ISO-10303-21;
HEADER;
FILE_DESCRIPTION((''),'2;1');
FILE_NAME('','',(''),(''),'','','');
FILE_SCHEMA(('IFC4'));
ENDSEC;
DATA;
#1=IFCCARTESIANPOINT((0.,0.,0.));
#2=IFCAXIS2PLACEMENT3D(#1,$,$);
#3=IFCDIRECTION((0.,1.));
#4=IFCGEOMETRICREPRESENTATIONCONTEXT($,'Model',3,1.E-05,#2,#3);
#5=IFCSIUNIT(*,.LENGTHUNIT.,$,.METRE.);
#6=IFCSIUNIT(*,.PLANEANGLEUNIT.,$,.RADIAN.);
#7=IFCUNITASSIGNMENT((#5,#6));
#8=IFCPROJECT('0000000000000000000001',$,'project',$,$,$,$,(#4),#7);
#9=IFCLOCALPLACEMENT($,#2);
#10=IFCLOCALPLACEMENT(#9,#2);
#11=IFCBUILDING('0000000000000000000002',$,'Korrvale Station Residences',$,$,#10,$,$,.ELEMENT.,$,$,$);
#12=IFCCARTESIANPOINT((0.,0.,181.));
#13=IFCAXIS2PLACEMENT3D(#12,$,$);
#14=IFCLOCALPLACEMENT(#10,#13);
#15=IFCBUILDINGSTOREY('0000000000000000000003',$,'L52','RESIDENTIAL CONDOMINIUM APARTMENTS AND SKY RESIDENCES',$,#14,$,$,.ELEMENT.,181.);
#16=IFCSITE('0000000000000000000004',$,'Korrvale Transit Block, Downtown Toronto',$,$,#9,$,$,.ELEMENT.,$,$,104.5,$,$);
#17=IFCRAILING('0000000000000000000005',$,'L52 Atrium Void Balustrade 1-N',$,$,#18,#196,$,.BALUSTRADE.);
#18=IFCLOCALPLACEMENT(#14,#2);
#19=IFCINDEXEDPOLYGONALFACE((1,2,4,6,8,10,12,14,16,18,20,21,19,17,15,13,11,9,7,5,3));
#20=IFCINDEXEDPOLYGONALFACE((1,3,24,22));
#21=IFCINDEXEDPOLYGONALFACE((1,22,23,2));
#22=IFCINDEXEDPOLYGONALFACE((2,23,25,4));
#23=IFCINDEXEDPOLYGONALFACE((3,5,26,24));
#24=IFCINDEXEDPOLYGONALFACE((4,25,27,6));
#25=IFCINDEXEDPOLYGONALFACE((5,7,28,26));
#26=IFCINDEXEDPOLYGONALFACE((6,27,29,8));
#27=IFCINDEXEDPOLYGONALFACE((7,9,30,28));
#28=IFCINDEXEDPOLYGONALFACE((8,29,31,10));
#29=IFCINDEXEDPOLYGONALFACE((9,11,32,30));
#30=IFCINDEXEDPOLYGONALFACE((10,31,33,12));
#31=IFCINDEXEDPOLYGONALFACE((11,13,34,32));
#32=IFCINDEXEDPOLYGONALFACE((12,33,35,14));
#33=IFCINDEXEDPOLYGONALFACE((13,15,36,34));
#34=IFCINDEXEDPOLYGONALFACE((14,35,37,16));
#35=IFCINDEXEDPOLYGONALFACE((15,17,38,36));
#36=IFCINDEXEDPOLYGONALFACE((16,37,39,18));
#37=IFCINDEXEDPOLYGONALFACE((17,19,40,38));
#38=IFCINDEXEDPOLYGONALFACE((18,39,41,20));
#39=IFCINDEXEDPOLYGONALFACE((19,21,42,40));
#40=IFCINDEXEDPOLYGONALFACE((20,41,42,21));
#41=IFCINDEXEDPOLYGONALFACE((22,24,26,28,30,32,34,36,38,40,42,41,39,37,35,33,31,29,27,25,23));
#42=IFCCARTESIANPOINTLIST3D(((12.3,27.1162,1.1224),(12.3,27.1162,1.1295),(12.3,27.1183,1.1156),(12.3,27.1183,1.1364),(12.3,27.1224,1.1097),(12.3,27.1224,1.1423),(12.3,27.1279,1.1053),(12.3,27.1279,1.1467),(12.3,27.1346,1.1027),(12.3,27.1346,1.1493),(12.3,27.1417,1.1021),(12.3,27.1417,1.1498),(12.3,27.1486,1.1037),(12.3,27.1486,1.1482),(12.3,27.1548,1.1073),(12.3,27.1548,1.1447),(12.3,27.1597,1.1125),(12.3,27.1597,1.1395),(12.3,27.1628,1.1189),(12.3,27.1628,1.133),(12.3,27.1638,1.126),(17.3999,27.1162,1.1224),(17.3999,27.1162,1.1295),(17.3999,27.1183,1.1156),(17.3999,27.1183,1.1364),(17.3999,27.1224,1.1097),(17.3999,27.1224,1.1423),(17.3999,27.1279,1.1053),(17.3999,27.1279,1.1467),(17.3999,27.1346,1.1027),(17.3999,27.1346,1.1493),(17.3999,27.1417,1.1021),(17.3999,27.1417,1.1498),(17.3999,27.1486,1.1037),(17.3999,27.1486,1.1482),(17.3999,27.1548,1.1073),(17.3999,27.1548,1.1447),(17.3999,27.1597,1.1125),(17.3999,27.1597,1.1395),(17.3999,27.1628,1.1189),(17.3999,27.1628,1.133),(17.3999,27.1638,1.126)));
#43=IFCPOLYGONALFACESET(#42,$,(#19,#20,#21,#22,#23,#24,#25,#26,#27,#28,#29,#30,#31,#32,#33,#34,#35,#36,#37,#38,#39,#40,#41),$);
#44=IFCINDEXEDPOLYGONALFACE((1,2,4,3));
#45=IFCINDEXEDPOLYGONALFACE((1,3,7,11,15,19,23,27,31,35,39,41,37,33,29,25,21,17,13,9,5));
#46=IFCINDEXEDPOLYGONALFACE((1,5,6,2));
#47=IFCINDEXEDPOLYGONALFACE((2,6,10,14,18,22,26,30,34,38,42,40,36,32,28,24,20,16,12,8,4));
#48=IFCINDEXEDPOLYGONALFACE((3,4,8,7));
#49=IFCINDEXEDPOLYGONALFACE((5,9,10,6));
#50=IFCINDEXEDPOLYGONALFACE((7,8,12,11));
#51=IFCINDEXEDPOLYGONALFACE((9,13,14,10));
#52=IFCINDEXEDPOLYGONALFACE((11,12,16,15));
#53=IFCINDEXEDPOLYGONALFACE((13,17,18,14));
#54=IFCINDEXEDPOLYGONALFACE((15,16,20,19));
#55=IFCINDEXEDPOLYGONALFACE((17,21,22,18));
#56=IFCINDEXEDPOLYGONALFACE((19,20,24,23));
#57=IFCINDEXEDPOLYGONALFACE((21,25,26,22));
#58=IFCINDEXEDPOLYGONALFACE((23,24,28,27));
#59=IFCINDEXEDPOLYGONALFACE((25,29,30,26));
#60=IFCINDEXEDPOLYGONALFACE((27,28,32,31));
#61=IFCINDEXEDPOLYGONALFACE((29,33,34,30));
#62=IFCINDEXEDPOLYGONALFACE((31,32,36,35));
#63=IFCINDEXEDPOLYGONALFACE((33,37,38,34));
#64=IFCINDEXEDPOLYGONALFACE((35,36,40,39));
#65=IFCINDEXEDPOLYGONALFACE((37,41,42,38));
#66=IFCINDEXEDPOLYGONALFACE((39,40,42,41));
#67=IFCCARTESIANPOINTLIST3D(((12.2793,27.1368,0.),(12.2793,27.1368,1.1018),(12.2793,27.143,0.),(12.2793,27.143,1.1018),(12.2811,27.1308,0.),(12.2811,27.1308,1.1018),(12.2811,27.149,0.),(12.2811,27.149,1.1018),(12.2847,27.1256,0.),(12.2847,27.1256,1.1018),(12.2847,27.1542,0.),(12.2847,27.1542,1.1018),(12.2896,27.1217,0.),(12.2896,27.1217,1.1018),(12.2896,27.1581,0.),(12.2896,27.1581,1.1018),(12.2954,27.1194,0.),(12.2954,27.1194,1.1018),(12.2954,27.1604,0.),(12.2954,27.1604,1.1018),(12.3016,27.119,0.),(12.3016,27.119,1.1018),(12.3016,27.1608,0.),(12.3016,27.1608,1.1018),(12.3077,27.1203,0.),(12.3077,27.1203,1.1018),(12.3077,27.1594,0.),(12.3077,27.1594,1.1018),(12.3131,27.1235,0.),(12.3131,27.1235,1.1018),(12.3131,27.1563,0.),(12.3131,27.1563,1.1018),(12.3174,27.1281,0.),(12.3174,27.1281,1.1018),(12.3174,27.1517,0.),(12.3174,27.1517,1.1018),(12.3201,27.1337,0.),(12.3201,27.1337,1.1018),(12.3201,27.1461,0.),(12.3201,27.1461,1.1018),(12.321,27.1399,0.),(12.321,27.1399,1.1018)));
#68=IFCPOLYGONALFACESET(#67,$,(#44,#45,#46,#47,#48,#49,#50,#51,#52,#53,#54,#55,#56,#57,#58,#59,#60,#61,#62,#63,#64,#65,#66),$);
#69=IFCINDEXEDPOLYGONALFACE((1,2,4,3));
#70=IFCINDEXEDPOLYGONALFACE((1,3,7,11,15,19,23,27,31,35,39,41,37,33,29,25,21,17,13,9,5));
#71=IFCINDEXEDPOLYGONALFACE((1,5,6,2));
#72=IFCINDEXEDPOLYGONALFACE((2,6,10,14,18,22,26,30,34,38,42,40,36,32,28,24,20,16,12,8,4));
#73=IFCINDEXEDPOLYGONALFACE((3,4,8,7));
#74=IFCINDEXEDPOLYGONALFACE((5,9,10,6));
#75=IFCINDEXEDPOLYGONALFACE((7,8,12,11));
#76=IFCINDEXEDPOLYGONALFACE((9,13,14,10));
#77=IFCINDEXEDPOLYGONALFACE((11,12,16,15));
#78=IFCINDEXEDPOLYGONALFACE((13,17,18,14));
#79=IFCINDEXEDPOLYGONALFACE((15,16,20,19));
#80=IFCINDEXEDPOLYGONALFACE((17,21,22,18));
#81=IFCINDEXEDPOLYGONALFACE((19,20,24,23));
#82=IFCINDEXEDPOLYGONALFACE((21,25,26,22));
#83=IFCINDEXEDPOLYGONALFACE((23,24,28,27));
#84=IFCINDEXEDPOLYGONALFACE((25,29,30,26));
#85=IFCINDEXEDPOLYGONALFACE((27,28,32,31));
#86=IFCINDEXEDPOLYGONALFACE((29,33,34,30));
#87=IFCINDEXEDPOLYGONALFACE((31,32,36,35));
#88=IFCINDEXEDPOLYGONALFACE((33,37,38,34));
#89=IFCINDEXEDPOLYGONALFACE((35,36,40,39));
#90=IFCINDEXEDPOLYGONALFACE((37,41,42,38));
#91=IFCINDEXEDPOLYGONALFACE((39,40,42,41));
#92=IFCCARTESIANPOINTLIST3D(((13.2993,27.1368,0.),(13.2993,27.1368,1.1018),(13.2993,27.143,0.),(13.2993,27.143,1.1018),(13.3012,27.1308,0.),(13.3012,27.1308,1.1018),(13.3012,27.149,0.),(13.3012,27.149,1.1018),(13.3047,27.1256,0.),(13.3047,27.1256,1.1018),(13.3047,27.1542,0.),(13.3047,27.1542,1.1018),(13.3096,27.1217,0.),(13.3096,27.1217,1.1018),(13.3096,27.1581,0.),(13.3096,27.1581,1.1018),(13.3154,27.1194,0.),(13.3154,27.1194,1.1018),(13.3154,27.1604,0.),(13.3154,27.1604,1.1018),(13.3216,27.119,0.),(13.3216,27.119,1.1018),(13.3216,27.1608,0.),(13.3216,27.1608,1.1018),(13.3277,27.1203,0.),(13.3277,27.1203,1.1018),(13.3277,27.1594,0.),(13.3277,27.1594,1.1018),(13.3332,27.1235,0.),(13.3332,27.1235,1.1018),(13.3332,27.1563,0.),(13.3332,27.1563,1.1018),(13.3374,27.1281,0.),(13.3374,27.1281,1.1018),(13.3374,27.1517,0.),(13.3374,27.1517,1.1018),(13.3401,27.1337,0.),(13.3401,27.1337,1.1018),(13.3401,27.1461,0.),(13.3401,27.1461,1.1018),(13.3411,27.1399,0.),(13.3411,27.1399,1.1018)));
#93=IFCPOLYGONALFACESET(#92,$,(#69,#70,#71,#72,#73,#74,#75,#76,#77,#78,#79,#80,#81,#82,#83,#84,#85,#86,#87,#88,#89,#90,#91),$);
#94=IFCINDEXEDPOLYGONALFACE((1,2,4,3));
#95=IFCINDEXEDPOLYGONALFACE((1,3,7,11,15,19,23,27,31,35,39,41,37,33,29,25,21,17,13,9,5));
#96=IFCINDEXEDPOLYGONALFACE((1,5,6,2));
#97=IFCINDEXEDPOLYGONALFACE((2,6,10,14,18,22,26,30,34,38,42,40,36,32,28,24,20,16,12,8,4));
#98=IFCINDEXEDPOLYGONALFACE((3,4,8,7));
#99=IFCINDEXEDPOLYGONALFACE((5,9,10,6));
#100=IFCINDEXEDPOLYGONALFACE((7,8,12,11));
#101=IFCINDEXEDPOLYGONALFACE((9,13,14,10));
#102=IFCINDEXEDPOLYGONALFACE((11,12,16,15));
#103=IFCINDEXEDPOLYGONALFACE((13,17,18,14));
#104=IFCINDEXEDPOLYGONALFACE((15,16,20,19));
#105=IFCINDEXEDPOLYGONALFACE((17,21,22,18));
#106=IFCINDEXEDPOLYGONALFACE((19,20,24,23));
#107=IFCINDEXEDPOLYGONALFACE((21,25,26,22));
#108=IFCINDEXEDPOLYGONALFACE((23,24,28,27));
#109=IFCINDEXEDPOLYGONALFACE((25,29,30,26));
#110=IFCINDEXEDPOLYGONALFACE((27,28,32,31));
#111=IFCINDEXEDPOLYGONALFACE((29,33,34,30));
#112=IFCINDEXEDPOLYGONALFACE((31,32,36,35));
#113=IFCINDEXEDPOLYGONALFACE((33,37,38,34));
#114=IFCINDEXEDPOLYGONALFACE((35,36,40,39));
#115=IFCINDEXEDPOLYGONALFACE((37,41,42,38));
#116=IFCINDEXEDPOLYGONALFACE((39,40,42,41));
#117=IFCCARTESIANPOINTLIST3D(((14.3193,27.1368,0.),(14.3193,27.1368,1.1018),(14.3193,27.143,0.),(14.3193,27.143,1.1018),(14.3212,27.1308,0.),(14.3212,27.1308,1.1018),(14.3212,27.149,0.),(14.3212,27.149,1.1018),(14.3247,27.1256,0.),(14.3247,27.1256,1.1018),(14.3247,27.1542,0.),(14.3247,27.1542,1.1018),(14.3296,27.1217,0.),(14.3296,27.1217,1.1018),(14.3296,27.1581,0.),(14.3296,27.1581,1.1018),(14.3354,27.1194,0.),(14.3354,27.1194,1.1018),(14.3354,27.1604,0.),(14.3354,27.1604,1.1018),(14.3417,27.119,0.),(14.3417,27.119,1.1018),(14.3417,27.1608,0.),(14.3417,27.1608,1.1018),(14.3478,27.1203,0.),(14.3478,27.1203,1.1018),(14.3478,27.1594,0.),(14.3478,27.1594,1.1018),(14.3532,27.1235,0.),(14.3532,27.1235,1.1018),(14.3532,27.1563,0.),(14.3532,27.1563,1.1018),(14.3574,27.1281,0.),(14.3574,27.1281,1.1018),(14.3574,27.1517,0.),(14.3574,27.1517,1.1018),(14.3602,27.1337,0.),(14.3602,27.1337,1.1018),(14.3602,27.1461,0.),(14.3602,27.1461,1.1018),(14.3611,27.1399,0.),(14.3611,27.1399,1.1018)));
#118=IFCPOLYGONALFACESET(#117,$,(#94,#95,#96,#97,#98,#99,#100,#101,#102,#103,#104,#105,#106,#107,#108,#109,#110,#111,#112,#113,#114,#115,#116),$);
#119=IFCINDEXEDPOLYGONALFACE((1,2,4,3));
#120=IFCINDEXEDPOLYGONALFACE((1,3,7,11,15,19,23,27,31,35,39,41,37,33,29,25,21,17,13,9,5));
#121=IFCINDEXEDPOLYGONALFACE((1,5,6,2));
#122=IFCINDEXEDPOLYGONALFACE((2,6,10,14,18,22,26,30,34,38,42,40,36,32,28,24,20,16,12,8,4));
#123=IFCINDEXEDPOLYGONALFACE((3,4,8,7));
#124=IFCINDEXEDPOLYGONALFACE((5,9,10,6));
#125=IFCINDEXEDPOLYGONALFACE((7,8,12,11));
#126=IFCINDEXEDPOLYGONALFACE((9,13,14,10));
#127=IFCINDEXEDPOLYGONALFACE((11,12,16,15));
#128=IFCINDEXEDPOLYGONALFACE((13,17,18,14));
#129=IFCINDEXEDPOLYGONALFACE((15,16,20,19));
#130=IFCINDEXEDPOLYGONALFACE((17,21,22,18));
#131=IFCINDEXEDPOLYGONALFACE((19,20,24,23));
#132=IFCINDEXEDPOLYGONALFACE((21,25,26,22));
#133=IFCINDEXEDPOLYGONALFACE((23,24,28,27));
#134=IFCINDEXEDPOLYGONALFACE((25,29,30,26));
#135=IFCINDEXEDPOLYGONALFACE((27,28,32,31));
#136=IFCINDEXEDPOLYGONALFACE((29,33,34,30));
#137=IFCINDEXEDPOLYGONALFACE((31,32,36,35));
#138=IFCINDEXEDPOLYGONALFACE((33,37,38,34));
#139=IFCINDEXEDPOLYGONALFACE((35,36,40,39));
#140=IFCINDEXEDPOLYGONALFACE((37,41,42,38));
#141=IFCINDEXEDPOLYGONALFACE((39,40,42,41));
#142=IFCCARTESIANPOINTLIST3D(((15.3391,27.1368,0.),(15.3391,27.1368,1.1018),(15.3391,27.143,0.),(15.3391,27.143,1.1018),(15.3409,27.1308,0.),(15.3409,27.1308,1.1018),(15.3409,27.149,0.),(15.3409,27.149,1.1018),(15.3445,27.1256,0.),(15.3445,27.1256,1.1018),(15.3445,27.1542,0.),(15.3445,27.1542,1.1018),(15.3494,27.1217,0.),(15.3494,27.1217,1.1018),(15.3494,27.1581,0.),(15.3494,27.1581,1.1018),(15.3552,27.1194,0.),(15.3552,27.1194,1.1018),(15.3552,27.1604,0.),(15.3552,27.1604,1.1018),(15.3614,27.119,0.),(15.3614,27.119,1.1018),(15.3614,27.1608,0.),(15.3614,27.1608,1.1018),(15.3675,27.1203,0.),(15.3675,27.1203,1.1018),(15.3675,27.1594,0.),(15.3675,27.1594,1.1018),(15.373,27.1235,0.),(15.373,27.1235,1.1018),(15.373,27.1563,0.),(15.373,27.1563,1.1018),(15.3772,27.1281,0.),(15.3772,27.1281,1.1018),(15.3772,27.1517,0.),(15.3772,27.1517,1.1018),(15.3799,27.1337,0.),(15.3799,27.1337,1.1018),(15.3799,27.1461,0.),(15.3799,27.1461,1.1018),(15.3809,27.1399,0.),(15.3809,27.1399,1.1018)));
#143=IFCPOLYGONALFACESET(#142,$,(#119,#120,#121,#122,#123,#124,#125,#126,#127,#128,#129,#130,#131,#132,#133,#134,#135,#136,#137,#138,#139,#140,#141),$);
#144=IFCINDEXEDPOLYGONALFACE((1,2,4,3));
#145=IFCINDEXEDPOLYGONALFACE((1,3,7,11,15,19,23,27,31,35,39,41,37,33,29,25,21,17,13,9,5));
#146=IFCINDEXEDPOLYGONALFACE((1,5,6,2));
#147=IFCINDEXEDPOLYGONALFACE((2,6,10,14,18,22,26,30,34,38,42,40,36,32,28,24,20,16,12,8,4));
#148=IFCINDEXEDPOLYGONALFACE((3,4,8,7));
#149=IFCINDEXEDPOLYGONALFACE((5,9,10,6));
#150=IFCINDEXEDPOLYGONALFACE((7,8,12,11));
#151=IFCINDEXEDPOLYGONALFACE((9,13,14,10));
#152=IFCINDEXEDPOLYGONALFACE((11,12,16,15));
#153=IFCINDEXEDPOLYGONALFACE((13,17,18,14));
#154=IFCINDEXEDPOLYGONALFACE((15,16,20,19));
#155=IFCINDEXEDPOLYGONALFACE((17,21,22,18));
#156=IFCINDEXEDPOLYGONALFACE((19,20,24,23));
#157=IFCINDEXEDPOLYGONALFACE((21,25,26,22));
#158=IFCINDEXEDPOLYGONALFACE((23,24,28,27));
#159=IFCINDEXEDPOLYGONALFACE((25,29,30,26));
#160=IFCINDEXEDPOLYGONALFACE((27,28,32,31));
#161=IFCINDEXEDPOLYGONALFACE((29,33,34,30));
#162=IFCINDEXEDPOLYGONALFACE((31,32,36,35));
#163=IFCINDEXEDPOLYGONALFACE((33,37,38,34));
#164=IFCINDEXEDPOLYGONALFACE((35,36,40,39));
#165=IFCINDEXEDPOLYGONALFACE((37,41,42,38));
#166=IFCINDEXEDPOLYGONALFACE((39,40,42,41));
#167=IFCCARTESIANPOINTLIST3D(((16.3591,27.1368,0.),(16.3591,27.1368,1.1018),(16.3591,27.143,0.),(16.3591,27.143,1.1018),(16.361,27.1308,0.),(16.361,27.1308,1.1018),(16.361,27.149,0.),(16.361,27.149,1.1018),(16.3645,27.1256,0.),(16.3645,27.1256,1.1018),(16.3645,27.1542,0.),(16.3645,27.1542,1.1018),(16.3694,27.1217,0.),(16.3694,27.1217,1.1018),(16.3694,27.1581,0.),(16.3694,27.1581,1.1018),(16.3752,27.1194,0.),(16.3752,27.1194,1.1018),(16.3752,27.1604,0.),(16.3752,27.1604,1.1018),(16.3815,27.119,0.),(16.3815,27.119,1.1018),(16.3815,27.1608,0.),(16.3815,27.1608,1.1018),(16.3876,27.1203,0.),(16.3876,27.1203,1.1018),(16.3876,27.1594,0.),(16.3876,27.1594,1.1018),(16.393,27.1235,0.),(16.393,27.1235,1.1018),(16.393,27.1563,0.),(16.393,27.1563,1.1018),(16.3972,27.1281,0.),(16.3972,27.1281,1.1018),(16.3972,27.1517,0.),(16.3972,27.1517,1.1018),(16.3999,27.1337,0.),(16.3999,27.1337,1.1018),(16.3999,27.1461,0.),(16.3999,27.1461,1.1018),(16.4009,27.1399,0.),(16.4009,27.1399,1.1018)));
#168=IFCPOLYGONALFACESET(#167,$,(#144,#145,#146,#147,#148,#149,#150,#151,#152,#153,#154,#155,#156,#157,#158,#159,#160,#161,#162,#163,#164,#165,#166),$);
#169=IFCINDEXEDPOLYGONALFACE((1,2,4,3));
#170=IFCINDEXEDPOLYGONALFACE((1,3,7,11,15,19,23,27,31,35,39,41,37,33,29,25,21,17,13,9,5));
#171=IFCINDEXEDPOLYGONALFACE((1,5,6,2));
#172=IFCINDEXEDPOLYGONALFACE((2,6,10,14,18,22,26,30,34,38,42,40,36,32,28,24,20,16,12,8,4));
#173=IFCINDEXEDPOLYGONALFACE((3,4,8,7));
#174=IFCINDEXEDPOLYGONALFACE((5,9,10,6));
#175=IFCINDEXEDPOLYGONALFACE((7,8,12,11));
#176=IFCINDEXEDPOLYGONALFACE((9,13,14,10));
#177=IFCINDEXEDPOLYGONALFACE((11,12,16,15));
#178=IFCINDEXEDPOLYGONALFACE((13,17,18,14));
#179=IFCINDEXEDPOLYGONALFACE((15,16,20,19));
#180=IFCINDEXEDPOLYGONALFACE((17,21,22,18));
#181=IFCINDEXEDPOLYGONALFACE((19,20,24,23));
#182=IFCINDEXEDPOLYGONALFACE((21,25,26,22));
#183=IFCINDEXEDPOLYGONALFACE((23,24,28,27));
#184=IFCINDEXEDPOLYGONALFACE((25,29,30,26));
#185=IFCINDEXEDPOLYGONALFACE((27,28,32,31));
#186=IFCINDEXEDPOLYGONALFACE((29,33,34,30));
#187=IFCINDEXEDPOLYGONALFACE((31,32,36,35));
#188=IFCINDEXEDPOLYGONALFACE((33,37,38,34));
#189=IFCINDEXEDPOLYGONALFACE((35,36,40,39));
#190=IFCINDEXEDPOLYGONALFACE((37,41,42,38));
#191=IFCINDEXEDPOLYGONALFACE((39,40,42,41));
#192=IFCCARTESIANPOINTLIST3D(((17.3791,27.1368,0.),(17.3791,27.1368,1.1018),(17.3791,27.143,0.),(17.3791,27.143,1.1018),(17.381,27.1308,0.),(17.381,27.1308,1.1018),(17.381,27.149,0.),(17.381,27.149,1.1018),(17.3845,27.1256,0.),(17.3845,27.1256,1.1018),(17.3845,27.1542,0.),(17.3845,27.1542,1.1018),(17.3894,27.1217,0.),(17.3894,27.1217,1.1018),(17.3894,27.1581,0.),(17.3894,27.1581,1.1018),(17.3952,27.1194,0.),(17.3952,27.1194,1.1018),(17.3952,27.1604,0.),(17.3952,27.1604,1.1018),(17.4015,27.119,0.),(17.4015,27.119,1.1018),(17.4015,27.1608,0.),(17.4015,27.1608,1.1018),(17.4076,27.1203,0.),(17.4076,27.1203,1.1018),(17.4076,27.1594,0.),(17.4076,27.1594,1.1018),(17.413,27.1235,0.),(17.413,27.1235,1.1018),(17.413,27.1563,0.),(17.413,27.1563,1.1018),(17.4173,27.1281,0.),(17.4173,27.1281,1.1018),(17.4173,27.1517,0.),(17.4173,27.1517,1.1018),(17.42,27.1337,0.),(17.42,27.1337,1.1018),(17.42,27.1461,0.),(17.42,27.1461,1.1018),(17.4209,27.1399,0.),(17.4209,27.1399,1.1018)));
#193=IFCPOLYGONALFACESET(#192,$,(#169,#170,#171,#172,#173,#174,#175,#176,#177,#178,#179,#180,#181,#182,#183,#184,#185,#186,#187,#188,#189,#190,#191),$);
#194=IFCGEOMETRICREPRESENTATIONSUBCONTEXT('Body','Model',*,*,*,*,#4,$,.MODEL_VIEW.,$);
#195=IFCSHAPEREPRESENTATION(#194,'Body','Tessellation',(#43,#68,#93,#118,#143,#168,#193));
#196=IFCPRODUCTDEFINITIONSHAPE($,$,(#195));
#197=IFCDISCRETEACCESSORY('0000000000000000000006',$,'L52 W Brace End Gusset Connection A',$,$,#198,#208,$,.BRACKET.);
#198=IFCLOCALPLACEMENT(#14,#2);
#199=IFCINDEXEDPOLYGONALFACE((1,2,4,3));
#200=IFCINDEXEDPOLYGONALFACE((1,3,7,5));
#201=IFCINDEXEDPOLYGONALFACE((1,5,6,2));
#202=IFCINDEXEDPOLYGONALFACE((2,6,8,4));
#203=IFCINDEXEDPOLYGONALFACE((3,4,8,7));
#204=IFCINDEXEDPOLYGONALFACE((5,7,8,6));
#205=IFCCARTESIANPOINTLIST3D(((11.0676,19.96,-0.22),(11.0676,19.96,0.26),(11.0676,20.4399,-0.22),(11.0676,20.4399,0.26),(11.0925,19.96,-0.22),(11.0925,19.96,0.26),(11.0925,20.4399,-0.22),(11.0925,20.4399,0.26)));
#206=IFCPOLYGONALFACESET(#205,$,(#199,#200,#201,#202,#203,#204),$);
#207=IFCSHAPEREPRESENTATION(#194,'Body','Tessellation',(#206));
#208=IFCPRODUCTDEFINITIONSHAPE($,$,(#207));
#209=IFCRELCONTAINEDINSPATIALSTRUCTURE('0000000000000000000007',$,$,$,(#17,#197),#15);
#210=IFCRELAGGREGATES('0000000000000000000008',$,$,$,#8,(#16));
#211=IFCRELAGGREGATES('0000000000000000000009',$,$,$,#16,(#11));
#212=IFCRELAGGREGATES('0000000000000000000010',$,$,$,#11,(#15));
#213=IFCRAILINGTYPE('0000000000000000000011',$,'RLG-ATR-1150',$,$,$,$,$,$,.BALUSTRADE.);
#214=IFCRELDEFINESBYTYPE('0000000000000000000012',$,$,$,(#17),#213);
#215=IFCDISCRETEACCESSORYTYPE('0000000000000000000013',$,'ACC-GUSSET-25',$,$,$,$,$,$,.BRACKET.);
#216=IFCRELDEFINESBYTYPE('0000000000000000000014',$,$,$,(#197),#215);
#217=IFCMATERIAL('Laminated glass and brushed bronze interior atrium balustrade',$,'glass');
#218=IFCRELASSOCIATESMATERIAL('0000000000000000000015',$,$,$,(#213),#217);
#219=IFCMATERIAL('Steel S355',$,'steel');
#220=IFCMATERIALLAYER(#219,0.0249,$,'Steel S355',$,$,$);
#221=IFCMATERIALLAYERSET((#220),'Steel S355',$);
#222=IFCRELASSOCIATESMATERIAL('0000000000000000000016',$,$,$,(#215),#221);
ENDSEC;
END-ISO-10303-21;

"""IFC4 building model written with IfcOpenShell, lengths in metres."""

from ifc_helpers import new_model, si_unit, direction, frame, origin, origin_2d, place, context, subcontext, project, spatial, rectangle, circle, extrude, material, layer, layer_set, type_object, element, save


model = new_model("IFC4")

# Units and contexts
model_context = context("Model", 3, precision=1e-05, world=origin(), true_north=direction((0.0, 1.0)))
body_context = subcontext(model_context, "Body", "Model", "MODEL_VIEW")
ifc_project = project(units=[si_unit("LENGTHUNIT", "METRE"), si_unit("PLANEANGLEUNIT", "RADIAN")], contexts=[model_context])

# Site, building, storey
site_placement = place(None, origin())
site = spatial("IfcSite", under=ifc_project, at=site_placement, Name="Korrvale Transit Block, Downtown Toronto", CompositionType="ELEMENT", RefElevation=104.5)
building_placement = place(site_placement, origin())
building = spatial("IfcBuilding", under=site, at=building_placement, Name="Korrvale Station Residences", CompositionType="ELEMENT")
storey_placement = place(building_placement, frame((0.0, 0.0, 181.0)))
storey = spatial("IfcBuildingStorey", under=building, at=storey_placement, Name="L52", Description="RESIDENTIAL CONDOMINIUM APARTMENTS AND SKY RESIDENCES", CompositionType="ELEMENT", Elevation=181.0)

# Shared definitions
ifc_material_1 = material(Name="Steel S355", Category="steel")

# Railing
ifc_material_2 = material(Name="Laminated glass and brushed bronze interior atrium balustrade", Category="glass")
railing_type = type_object("IfcRailingType", Name="RLG-ATR-1150", PredefinedType="BALUSTRADE", material=ifc_material_2)
railing_placement = place(storey_placement, frame((12.3, 27.1399, 0.0)))
element("IfcRailing", 1, at=railing_placement, inside=storey, type_object=railing_type, Name="L52 Atrium Void Balustrade 1-N", PredefinedType="BALUSTRADE", context=body_context, shape_type="SweptSolid", body=[
    extrude(circle(Radius=0.0239, at=origin_2d()), frame((0.0, 0.0, 1.126), z_axis=(1.0, 0.0, 0.0), x_axis=(0.0, 1.0, 0.0)), (0.0, 0.0, 1.0), 5.0999),
    extrude(circle(Radius=0.021, at=origin_2d()), origin(), (0.0, 0.0, 1.0), 1.1018),
    extrude(circle(Radius=0.021, at=origin_2d()), frame((1.02, 0.0, 0.0)), (0.0, 0.0, 1.0), 1.1018),
    extrude(circle(Radius=0.021, at=origin_2d()), frame((2.04, 0.0, 0.0)), (0.0, 0.0, 1.0), 1.1018),
    extrude(circle(Radius=0.021, at=origin_2d()), frame((3.0598, 0.0, 0.0)), (0.0, 0.0, 1.0), 1.1018),
    extrude(circle(Radius=0.021, at=origin_2d()), frame((4.0798, 0.0, 0.0)), (0.0, 0.0, 1.0), 1.1018),
    extrude(circle(Radius=0.021, at=origin_2d()), frame((5.0999, 0.0, 0.0)), (0.0, 0.0, 1.0), 1.1018),
])

# Discrete accessory
ifc_layer_1 = layer(ifc_material_1, 0.0249, Name="Steel S355")
ifc_layer_set_1 = layer_set([ifc_layer_1], Name="Steel S355")
discrete_accessory_type = type_object("IfcDiscreteAccessoryType", Name="ACC-GUSSET-25", PredefinedType="BRACKET", material=ifc_layer_set_1)
for number, where, z_axis, x_axis, name in (
    (2, (11.0801, 20.2, -0.22), (0.0, 0.0, 1.0), (0.0, 1.0, 0.0), "L52 W Brace End Gusset Connection A"),
):
    element("IfcDiscreteAccessory", number, at=place(storey_placement, frame(where, z_axis=z_axis, x_axis=x_axis)), inside=storey, type_object=discrete_accessory_type, Name=name, PredefinedType="BRACKET", context=body_context, shape_type="SweptSolid", body=[
        extrude(rectangle(XDim=0.48, YDim=0.0249, at=origin_2d()), origin(), (0.0, 0.0, 1.0), 0.48),
    ])

save(model, "model.ifc")
